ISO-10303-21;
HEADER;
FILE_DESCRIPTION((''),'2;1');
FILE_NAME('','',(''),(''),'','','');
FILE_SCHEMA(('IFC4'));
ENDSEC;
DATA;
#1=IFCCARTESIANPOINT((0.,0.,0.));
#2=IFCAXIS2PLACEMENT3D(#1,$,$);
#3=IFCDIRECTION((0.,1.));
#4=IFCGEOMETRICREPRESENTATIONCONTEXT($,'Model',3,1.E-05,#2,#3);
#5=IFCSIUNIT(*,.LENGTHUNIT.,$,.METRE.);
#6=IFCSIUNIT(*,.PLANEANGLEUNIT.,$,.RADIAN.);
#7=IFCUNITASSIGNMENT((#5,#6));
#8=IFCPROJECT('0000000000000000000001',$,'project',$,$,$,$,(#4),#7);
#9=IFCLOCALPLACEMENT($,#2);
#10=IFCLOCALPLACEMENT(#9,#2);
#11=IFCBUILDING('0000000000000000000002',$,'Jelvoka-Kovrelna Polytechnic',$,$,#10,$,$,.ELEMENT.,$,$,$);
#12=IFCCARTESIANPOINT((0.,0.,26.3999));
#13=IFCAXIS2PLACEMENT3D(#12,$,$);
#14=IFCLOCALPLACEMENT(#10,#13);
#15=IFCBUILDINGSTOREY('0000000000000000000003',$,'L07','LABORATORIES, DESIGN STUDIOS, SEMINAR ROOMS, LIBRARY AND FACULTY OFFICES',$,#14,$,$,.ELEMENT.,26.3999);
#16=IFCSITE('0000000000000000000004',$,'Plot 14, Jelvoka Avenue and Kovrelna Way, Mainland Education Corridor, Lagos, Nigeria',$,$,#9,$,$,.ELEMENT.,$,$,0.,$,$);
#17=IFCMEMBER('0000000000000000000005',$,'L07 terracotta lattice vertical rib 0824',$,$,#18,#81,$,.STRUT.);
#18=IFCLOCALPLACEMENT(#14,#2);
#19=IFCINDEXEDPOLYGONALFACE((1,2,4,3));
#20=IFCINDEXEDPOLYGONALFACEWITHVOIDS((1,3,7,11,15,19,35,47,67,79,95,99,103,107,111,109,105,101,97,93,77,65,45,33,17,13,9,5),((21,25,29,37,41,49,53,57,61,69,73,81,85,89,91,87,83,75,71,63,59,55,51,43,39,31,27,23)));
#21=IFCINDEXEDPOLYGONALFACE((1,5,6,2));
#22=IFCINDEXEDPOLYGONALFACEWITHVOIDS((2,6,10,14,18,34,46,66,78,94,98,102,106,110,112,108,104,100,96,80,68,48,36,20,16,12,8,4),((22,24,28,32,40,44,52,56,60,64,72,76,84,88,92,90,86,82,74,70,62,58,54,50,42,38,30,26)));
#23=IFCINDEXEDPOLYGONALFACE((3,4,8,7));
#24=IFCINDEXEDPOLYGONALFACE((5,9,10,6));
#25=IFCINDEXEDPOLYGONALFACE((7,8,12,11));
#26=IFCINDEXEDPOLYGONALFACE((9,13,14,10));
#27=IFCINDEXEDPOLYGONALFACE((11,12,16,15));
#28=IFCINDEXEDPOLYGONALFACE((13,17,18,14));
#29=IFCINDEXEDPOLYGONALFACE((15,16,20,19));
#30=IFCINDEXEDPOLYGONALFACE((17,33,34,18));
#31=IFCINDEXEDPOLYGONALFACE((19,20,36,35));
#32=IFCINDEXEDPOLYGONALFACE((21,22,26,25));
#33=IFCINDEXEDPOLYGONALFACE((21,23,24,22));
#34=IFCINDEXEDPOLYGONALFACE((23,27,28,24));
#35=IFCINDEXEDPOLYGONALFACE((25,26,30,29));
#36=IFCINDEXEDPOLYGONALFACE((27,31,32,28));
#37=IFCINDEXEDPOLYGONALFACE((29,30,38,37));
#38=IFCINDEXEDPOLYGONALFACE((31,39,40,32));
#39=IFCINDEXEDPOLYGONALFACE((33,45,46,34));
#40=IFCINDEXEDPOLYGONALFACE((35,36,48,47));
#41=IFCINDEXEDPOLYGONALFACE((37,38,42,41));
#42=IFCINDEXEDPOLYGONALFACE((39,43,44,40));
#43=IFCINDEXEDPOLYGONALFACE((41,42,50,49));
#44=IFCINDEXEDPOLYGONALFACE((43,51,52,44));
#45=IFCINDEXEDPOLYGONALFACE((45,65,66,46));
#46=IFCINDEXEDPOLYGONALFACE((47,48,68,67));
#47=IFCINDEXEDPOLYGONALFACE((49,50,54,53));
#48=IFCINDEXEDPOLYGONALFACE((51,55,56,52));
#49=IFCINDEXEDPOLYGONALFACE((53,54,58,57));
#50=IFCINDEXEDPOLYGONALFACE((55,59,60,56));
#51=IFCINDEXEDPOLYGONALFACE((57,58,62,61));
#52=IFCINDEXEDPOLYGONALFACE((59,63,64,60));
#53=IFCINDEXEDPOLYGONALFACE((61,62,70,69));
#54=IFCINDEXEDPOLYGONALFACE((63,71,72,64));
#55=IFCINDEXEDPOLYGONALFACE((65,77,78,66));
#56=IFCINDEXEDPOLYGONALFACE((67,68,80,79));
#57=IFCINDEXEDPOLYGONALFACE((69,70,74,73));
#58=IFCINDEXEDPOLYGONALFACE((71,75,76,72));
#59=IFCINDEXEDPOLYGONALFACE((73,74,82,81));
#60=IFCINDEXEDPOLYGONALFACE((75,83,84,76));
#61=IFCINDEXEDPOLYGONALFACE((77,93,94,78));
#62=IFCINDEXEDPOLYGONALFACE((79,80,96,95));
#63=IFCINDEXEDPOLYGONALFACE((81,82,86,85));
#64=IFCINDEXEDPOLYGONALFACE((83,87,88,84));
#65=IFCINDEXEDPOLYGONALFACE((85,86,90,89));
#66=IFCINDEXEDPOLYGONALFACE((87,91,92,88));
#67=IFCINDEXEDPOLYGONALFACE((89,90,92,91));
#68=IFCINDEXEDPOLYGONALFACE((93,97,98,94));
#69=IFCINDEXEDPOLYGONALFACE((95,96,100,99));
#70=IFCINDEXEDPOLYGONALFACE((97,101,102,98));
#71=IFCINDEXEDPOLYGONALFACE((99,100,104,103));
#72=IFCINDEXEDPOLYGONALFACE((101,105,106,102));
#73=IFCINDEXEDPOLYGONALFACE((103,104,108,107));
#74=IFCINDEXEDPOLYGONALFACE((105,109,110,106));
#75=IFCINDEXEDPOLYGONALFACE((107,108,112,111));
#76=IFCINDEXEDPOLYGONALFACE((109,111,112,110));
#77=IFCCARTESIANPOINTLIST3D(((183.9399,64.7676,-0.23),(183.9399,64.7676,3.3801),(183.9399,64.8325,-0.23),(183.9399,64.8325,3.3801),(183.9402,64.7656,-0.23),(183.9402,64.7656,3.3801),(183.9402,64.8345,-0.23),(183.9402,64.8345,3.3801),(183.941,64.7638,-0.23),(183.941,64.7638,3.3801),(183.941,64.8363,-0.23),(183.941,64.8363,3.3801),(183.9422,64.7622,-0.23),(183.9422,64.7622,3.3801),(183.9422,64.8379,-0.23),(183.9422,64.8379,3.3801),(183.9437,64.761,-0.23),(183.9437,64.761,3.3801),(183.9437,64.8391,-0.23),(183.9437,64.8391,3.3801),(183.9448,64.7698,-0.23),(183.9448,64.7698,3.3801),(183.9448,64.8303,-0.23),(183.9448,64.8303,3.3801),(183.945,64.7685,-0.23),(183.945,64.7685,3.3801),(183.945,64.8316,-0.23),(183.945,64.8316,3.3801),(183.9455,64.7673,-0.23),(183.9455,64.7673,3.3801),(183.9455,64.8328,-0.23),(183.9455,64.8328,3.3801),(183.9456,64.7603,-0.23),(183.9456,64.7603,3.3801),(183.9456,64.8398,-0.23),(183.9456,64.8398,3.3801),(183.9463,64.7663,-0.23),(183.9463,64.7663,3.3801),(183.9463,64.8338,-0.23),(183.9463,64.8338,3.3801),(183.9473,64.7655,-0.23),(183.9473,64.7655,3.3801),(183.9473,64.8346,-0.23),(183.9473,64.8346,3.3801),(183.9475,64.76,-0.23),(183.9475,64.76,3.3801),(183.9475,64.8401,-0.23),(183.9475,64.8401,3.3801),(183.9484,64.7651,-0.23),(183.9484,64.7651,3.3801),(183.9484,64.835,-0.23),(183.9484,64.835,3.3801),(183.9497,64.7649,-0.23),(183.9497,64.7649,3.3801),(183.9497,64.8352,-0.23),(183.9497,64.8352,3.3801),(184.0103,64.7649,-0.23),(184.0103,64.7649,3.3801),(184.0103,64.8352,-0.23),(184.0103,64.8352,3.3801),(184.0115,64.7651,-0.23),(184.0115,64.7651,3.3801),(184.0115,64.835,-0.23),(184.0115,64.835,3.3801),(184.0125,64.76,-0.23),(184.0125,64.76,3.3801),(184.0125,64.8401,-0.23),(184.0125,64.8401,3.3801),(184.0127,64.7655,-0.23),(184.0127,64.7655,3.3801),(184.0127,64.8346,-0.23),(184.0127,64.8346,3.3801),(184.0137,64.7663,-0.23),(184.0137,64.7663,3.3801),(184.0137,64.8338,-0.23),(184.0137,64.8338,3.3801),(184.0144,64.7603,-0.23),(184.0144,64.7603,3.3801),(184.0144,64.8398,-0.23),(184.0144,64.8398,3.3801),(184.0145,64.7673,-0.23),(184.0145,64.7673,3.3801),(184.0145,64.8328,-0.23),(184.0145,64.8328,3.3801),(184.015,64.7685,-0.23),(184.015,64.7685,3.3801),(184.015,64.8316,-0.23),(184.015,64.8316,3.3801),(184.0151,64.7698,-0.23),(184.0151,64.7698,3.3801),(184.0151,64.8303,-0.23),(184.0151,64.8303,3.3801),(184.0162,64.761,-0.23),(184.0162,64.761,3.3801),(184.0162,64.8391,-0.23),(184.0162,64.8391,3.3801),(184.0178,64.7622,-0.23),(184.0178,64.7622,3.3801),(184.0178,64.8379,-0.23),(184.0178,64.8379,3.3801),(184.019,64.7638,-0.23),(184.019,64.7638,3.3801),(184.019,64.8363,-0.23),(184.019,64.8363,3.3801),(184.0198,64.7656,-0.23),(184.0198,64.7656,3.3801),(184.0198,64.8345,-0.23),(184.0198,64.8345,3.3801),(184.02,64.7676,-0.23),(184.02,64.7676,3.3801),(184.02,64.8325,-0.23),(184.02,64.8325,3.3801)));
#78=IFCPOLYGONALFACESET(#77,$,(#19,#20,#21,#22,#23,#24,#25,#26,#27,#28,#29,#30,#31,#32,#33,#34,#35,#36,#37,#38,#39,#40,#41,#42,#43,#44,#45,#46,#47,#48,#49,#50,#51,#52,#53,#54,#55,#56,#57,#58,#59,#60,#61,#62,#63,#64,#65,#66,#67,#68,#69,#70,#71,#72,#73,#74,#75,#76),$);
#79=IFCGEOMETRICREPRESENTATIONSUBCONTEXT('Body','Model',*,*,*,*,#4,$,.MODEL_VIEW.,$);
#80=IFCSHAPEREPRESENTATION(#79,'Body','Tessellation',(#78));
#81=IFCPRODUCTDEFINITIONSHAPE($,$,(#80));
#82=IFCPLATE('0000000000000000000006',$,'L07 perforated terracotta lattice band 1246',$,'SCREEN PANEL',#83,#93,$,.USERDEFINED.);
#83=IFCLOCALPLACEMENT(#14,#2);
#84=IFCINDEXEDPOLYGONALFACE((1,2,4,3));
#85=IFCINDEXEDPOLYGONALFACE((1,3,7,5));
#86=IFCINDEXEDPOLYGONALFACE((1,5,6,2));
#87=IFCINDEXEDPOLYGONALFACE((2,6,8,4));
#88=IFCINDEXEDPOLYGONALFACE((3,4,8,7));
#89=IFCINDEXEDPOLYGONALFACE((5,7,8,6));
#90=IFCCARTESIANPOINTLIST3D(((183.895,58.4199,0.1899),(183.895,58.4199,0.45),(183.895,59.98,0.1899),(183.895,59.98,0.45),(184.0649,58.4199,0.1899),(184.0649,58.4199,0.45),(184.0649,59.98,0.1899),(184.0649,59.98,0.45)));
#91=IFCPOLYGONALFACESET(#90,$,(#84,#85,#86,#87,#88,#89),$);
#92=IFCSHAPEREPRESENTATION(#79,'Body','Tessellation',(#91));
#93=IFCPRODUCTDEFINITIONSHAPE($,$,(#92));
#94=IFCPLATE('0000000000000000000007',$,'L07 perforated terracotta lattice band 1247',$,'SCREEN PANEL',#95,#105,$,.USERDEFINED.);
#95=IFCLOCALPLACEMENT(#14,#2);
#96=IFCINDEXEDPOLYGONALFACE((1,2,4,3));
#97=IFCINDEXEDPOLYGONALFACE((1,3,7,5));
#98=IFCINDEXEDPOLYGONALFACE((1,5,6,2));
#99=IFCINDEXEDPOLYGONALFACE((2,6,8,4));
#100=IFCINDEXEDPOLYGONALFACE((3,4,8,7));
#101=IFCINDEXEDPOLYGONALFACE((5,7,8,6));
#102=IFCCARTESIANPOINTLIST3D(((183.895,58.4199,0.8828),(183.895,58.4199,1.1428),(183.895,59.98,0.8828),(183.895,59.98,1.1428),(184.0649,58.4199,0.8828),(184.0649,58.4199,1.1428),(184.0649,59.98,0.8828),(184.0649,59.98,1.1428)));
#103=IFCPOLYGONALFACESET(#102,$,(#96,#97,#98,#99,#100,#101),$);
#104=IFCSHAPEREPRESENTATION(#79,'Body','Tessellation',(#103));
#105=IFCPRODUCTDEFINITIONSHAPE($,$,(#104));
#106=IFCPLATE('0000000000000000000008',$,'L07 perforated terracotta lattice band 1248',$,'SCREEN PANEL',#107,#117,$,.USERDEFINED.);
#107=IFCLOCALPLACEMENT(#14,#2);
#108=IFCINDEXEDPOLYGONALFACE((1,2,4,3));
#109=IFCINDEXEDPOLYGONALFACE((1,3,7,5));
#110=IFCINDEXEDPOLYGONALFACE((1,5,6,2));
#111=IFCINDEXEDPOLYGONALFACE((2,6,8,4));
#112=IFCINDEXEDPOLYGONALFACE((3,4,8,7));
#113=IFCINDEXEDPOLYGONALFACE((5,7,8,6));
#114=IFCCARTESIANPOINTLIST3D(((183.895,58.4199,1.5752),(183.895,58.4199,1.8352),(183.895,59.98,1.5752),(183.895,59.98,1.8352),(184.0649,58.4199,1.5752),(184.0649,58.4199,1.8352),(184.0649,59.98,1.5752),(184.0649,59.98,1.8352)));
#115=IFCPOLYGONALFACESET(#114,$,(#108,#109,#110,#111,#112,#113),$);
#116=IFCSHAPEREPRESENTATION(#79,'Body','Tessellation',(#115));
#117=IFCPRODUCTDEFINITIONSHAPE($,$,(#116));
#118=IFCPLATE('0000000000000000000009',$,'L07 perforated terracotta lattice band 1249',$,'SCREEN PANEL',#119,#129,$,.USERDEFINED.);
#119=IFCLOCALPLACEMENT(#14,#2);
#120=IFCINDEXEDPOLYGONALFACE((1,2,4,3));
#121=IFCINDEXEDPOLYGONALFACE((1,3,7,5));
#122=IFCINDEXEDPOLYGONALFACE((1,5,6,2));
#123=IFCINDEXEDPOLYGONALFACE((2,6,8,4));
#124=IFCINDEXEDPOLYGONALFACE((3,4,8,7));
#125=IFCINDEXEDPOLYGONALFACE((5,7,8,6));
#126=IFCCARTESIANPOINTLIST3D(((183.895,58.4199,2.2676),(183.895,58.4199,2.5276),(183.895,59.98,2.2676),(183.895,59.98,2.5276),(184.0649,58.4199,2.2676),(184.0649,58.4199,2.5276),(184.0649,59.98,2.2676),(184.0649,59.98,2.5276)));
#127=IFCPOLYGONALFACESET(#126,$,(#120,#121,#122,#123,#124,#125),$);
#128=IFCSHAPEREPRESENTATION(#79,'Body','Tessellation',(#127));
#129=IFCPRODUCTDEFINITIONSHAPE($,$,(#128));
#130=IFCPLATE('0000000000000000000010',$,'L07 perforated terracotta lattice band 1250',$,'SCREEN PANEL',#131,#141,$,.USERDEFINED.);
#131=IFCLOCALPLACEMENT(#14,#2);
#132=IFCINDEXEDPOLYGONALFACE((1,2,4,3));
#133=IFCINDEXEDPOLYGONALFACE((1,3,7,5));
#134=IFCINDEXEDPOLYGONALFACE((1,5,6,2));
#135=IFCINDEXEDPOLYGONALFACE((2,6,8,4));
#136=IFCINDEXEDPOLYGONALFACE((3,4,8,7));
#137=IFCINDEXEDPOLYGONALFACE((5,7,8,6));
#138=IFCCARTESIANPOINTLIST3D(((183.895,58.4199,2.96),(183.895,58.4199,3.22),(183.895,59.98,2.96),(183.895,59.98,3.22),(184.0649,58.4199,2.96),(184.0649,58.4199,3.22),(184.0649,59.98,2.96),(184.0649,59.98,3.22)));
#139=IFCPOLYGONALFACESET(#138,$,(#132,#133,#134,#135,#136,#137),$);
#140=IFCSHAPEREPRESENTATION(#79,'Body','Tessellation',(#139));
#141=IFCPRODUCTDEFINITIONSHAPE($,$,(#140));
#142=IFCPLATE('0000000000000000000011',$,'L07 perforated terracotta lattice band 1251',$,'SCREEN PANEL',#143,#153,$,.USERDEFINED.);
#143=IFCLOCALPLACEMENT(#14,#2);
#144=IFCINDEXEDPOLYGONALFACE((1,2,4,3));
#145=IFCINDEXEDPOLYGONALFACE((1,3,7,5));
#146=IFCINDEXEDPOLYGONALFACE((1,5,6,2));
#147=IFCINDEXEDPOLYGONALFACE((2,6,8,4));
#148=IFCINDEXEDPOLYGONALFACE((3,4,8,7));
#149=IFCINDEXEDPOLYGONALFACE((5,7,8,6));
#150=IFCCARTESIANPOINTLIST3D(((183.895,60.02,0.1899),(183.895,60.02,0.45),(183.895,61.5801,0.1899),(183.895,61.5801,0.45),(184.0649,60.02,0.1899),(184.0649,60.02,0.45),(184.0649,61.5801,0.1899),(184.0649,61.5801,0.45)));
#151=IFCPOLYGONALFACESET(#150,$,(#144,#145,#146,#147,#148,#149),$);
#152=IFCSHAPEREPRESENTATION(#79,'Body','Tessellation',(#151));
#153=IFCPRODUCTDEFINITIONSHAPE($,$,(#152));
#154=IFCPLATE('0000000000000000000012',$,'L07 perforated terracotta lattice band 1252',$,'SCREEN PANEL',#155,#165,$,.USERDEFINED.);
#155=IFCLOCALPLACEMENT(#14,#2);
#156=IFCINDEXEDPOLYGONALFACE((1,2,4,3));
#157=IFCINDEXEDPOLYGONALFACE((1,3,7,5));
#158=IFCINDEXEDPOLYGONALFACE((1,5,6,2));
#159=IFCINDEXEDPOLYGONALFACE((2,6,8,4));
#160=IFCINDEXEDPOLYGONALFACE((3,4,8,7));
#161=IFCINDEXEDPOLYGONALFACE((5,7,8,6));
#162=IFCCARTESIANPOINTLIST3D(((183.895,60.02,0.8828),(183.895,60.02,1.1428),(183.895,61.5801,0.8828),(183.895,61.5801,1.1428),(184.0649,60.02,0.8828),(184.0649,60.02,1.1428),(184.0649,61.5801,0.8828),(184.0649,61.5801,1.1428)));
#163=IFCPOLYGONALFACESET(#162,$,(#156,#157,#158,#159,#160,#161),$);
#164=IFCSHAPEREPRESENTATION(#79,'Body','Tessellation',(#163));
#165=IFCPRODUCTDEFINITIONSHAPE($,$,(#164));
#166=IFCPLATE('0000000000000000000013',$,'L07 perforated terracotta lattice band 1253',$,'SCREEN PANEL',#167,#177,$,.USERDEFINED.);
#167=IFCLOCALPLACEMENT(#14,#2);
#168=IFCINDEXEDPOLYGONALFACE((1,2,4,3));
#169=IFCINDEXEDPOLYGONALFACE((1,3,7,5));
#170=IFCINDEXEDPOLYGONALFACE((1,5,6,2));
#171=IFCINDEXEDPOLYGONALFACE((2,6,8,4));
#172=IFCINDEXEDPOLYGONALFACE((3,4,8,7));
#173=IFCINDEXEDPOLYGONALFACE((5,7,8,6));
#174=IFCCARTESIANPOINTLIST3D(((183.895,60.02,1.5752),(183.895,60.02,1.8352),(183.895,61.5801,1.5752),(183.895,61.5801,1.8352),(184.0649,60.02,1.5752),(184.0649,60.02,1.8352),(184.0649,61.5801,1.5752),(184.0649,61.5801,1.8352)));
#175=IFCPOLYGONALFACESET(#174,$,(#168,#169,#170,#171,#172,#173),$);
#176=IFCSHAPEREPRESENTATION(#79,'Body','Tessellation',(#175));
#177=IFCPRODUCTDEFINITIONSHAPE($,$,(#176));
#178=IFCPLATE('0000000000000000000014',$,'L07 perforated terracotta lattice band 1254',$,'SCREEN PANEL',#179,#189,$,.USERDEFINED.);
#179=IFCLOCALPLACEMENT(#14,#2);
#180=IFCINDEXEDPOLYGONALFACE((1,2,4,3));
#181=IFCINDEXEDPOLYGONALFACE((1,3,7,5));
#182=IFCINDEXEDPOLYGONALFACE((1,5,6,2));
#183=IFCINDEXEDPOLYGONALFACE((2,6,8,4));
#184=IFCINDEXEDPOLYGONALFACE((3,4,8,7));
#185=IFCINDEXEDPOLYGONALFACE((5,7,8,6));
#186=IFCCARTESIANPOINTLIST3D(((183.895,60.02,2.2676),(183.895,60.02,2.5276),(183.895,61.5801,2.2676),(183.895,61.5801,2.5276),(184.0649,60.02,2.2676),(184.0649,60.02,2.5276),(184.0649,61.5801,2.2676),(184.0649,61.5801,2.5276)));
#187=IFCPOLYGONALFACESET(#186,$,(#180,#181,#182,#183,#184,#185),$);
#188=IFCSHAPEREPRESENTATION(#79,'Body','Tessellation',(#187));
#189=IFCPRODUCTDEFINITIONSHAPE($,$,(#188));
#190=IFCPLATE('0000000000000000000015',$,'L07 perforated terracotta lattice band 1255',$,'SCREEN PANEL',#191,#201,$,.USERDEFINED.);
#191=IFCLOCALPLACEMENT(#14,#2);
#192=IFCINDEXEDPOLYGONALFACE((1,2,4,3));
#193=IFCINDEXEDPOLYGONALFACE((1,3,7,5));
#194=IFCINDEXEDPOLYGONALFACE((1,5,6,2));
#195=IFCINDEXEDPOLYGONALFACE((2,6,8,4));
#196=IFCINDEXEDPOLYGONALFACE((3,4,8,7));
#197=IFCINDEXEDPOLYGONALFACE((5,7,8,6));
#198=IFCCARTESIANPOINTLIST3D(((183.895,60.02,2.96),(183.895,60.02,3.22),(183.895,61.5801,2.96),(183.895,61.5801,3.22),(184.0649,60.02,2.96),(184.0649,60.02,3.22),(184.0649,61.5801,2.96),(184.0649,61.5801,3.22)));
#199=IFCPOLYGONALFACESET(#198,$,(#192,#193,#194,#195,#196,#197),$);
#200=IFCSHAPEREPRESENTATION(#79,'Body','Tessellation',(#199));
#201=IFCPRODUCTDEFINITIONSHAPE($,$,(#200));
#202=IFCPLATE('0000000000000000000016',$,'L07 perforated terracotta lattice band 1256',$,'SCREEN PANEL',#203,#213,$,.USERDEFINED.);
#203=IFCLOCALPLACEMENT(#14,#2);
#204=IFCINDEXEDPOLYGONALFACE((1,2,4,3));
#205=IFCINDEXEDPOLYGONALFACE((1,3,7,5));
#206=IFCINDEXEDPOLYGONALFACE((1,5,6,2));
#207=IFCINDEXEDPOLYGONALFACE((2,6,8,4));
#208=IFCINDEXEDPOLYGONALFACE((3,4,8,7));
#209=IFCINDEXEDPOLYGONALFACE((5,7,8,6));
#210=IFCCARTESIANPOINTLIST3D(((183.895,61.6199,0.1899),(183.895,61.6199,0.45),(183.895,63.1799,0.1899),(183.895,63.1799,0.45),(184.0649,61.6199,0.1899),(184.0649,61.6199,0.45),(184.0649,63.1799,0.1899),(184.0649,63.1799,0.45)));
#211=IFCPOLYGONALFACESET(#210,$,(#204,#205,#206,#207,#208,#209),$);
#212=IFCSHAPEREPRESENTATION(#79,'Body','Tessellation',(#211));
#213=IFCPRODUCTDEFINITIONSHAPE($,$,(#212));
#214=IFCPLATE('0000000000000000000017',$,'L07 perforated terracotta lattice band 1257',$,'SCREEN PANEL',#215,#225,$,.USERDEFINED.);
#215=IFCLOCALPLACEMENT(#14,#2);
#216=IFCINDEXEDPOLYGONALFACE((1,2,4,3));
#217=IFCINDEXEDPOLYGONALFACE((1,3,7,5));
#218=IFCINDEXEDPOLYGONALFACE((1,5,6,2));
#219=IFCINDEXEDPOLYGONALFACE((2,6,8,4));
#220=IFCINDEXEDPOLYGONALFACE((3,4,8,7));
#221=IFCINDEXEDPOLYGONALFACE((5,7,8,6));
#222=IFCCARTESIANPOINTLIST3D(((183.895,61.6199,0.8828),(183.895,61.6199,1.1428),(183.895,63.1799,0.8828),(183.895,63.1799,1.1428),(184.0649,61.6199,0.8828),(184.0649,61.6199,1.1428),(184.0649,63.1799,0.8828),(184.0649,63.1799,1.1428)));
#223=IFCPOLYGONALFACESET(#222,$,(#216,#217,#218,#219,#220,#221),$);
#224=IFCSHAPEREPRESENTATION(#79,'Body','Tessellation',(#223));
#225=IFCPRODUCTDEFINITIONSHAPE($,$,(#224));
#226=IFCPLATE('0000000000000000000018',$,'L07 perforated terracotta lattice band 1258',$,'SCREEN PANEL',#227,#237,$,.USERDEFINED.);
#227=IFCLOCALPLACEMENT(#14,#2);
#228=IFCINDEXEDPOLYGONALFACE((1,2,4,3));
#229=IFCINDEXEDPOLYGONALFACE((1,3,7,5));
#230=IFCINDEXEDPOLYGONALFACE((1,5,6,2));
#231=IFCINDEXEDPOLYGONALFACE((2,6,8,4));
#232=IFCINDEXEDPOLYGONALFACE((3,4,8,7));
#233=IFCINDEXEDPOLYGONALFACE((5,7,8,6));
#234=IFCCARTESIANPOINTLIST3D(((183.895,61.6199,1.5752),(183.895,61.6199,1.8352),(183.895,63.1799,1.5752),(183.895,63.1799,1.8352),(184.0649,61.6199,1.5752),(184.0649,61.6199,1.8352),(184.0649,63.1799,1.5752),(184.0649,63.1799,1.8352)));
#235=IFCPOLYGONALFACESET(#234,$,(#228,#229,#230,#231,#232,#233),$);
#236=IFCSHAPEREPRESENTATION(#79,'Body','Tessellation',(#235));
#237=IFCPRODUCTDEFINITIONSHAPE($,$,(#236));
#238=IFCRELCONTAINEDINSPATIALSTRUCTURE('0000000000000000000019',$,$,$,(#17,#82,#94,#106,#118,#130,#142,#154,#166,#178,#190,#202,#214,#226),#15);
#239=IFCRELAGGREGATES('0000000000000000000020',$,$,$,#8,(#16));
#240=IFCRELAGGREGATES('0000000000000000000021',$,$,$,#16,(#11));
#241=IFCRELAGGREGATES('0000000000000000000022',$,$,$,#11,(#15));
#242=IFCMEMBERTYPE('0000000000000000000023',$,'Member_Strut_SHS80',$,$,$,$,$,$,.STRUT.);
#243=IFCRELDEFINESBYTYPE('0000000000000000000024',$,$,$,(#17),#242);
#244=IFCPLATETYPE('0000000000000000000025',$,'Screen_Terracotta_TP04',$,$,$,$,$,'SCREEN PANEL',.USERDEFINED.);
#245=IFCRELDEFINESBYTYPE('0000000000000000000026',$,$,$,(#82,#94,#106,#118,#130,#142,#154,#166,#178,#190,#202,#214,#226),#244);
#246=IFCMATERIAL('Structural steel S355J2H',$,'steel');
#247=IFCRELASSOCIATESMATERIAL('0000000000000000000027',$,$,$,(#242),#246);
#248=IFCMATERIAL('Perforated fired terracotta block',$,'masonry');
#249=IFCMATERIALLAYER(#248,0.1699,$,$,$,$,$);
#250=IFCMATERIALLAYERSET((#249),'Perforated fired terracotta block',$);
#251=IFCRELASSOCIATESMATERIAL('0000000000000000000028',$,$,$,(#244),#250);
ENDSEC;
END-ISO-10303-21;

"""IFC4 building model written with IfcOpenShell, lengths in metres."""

from ifc_helpers import new_model, si_unit, direction, frame, origin, origin_2d, place, context, subcontext, project, spatial, rectangle, hollow_rectangle, extrude, material, layer, layer_set, material_profile, profile_set, type_object, element, save


model = new_model("IFC4")

# Units and contexts
model_context = context("Model", 3, precision=1e-05, world=origin(), true_north=direction((0.0, 1.0)))
body_context = subcontext(model_context, "Body", "Model", "MODEL_VIEW")
ifc_project = project(units=[si_unit("LENGTHUNIT", "METRE"), si_unit("PLANEANGLEUNIT", "RADIAN")], contexts=[model_context])

# Site, building, storey
site_placement = place(None, origin())
site = spatial("IfcSite", under=ifc_project, at=site_placement, Name="Plot 14, Jelvoka Avenue and Kovrelna Way, Mainland Education Corridor, Lagos, Nigeria", CompositionType="ELEMENT", RefElevation=0.0)
building_placement = place(site_placement, origin())
building = spatial("IfcBuilding", under=site, at=building_placement, Name="Jelvoka-Kovrelna Polytechnic", CompositionType="ELEMENT")
storey_placement = place(building_placement, frame((0.0, 0.0, 26.3999)))
storey = spatial("IfcBuildingStorey", under=building, at=storey_placement, Name="L07", Description="LABORATORIES, DESIGN STUDIOS, SEMINAR ROOMS, LIBRARY AND FACULTY OFFICES", CompositionType="ELEMENT", Elevation=26.3999)

# Member
ifc_material_1 = material(Name="Structural steel S355J2H", Category="steel")
ifc_material_profile_1 = material_profile(ifc_material_1, hollow_rectangle(XDim=0.0801, YDim=0.0801, WallThickness=0.0049, InnerFilletRadius=0.0049, OuterFilletRadius=0.0076, at=origin_2d()), Name="80x80x5.0 SHS")
ifc_profile_set_1 = profile_set([ifc_material_profile_1], Name="Structural steel S355J2H")
member_type_1 = type_object("IfcMemberType", Name="Member_Strut_SHS80", PredefinedType="STRUT", material=ifc_profile_set_1)
for number, where, z_axis, x_axis, name in (
    (1, (183.98, 64.8, -0.23), (0.0, 0.0, 1.0), (1.0, 0.0, 0.0), "L07 terracotta lattice vertical rib 0824"),
):
    element("IfcMember", number, at=place(storey_placement, frame(where, z_axis=z_axis, x_axis=x_axis)), inside=storey, type_object=member_type_1, Name=name, PredefinedType="STRUT", context=body_context, shape_type="SweptSolid", body=[
        extrude(hollow_rectangle(XDim=0.0801, YDim=0.0801, WallThickness=0.0049, InnerFilletRadius=0.0049, OuterFilletRadius=0.0076, at=origin_2d()), origin(), (0.0, 0.0, 1.0), 3.6101),
    ])

# Plates
ifc_material_2 = material(Name="Perforated fired terracotta block", Category="masonry")
ifc_layer_1 = layer(ifc_material_2, 0.1699)
ifc_layer_set_1 = layer_set([ifc_layer_1], Name="Perforated fired terracotta block")
plate_type = type_object("IfcPlateType", Name="Screen_Terracotta_TP04", ElementType="SCREEN PANEL", PredefinedType="USERDEFINED", material=ifc_layer_set_1)
for number, where, z_axis, x_axis, name in (
    (2, (183.98, 59.2, 0.1899), (0.0, 0.0, 1.0), (0.0, 1.0, 0.0), "L07 perforated terracotta lattice band 1246"),
    (3, (183.98, 59.2, 0.8828), (0.0, 0.0, 1.0), (0.0, 1.0, 0.0), "L07 perforated terracotta lattice band 1247"),
    (4, (183.98, 59.2, 1.5752), (0.0, 0.0, 1.0), (0.0, 1.0, 0.0), "L07 perforated terracotta lattice band 1248"),
    (5, (183.98, 59.2, 2.2676), (0.0, 0.0, 1.0), (0.0, 1.0, 0.0), "L07 perforated terracotta lattice band 1249"),
    (6, (183.98, 59.2, 2.96), (0.0, 0.0, 1.0), (0.0, 1.0, 0.0), "L07 perforated terracotta lattice band 1250"),
    (7, (183.98, 60.8, 0.1899), (0.0, 0.0, 1.0), (0.0, 1.0, 0.0), "L07 perforated terracotta lattice band 1251"),
    (8, (183.98, 60.8, 0.8828), (0.0, 0.0, 1.0), (0.0, 1.0, 0.0), "L07 perforated terracotta lattice band 1252"),
    (9, (183.98, 60.8, 1.5752), (0.0, 0.0, 1.0), (0.0, 1.0, 0.0), "L07 perforated terracotta lattice band 1253"),
    (10, (183.98, 60.8, 2.2676), (0.0, 0.0, 1.0), (0.0, 1.0, 0.0), "L07 perforated terracotta lattice band 1254"),
    (11, (183.98, 60.8, 2.96), (0.0, 0.0, 1.0), (0.0, 1.0, 0.0), "L07 perforated terracotta lattice band 1255"),
    (12, (183.98, 62.3999, 0.1899), (0.0, 0.0, 1.0), (0.0, 1.0, 0.0), "L07 perforated terracotta lattice band 1256"),
    (13, (183.98, 62.3999, 0.8828), (0.0, 0.0, 1.0), (0.0, 1.0, 0.0), "L07 perforated terracotta lattice band 1257"),
    (14, (183.98, 62.3999, 1.5752), (0.0, 0.0, 1.0), (0.0, 1.0, 0.0), "L07 perforated terracotta lattice band 1258"),
):
    element("IfcPlate", number, at=place(storey_placement, frame(where, z_axis=z_axis, x_axis=x_axis)), inside=storey, type_object=plate_type, Name=name, ObjectType="SCREEN PANEL", PredefinedType="USERDEFINED", context=body_context, shape_type="SweptSolid", body=[
        extrude(rectangle(XDim=1.5601, YDim=0.1699, at=origin_2d()), origin(), (0.0, 0.0, 1.0), 0.26),
    ])

save(model, "model.ifc")
